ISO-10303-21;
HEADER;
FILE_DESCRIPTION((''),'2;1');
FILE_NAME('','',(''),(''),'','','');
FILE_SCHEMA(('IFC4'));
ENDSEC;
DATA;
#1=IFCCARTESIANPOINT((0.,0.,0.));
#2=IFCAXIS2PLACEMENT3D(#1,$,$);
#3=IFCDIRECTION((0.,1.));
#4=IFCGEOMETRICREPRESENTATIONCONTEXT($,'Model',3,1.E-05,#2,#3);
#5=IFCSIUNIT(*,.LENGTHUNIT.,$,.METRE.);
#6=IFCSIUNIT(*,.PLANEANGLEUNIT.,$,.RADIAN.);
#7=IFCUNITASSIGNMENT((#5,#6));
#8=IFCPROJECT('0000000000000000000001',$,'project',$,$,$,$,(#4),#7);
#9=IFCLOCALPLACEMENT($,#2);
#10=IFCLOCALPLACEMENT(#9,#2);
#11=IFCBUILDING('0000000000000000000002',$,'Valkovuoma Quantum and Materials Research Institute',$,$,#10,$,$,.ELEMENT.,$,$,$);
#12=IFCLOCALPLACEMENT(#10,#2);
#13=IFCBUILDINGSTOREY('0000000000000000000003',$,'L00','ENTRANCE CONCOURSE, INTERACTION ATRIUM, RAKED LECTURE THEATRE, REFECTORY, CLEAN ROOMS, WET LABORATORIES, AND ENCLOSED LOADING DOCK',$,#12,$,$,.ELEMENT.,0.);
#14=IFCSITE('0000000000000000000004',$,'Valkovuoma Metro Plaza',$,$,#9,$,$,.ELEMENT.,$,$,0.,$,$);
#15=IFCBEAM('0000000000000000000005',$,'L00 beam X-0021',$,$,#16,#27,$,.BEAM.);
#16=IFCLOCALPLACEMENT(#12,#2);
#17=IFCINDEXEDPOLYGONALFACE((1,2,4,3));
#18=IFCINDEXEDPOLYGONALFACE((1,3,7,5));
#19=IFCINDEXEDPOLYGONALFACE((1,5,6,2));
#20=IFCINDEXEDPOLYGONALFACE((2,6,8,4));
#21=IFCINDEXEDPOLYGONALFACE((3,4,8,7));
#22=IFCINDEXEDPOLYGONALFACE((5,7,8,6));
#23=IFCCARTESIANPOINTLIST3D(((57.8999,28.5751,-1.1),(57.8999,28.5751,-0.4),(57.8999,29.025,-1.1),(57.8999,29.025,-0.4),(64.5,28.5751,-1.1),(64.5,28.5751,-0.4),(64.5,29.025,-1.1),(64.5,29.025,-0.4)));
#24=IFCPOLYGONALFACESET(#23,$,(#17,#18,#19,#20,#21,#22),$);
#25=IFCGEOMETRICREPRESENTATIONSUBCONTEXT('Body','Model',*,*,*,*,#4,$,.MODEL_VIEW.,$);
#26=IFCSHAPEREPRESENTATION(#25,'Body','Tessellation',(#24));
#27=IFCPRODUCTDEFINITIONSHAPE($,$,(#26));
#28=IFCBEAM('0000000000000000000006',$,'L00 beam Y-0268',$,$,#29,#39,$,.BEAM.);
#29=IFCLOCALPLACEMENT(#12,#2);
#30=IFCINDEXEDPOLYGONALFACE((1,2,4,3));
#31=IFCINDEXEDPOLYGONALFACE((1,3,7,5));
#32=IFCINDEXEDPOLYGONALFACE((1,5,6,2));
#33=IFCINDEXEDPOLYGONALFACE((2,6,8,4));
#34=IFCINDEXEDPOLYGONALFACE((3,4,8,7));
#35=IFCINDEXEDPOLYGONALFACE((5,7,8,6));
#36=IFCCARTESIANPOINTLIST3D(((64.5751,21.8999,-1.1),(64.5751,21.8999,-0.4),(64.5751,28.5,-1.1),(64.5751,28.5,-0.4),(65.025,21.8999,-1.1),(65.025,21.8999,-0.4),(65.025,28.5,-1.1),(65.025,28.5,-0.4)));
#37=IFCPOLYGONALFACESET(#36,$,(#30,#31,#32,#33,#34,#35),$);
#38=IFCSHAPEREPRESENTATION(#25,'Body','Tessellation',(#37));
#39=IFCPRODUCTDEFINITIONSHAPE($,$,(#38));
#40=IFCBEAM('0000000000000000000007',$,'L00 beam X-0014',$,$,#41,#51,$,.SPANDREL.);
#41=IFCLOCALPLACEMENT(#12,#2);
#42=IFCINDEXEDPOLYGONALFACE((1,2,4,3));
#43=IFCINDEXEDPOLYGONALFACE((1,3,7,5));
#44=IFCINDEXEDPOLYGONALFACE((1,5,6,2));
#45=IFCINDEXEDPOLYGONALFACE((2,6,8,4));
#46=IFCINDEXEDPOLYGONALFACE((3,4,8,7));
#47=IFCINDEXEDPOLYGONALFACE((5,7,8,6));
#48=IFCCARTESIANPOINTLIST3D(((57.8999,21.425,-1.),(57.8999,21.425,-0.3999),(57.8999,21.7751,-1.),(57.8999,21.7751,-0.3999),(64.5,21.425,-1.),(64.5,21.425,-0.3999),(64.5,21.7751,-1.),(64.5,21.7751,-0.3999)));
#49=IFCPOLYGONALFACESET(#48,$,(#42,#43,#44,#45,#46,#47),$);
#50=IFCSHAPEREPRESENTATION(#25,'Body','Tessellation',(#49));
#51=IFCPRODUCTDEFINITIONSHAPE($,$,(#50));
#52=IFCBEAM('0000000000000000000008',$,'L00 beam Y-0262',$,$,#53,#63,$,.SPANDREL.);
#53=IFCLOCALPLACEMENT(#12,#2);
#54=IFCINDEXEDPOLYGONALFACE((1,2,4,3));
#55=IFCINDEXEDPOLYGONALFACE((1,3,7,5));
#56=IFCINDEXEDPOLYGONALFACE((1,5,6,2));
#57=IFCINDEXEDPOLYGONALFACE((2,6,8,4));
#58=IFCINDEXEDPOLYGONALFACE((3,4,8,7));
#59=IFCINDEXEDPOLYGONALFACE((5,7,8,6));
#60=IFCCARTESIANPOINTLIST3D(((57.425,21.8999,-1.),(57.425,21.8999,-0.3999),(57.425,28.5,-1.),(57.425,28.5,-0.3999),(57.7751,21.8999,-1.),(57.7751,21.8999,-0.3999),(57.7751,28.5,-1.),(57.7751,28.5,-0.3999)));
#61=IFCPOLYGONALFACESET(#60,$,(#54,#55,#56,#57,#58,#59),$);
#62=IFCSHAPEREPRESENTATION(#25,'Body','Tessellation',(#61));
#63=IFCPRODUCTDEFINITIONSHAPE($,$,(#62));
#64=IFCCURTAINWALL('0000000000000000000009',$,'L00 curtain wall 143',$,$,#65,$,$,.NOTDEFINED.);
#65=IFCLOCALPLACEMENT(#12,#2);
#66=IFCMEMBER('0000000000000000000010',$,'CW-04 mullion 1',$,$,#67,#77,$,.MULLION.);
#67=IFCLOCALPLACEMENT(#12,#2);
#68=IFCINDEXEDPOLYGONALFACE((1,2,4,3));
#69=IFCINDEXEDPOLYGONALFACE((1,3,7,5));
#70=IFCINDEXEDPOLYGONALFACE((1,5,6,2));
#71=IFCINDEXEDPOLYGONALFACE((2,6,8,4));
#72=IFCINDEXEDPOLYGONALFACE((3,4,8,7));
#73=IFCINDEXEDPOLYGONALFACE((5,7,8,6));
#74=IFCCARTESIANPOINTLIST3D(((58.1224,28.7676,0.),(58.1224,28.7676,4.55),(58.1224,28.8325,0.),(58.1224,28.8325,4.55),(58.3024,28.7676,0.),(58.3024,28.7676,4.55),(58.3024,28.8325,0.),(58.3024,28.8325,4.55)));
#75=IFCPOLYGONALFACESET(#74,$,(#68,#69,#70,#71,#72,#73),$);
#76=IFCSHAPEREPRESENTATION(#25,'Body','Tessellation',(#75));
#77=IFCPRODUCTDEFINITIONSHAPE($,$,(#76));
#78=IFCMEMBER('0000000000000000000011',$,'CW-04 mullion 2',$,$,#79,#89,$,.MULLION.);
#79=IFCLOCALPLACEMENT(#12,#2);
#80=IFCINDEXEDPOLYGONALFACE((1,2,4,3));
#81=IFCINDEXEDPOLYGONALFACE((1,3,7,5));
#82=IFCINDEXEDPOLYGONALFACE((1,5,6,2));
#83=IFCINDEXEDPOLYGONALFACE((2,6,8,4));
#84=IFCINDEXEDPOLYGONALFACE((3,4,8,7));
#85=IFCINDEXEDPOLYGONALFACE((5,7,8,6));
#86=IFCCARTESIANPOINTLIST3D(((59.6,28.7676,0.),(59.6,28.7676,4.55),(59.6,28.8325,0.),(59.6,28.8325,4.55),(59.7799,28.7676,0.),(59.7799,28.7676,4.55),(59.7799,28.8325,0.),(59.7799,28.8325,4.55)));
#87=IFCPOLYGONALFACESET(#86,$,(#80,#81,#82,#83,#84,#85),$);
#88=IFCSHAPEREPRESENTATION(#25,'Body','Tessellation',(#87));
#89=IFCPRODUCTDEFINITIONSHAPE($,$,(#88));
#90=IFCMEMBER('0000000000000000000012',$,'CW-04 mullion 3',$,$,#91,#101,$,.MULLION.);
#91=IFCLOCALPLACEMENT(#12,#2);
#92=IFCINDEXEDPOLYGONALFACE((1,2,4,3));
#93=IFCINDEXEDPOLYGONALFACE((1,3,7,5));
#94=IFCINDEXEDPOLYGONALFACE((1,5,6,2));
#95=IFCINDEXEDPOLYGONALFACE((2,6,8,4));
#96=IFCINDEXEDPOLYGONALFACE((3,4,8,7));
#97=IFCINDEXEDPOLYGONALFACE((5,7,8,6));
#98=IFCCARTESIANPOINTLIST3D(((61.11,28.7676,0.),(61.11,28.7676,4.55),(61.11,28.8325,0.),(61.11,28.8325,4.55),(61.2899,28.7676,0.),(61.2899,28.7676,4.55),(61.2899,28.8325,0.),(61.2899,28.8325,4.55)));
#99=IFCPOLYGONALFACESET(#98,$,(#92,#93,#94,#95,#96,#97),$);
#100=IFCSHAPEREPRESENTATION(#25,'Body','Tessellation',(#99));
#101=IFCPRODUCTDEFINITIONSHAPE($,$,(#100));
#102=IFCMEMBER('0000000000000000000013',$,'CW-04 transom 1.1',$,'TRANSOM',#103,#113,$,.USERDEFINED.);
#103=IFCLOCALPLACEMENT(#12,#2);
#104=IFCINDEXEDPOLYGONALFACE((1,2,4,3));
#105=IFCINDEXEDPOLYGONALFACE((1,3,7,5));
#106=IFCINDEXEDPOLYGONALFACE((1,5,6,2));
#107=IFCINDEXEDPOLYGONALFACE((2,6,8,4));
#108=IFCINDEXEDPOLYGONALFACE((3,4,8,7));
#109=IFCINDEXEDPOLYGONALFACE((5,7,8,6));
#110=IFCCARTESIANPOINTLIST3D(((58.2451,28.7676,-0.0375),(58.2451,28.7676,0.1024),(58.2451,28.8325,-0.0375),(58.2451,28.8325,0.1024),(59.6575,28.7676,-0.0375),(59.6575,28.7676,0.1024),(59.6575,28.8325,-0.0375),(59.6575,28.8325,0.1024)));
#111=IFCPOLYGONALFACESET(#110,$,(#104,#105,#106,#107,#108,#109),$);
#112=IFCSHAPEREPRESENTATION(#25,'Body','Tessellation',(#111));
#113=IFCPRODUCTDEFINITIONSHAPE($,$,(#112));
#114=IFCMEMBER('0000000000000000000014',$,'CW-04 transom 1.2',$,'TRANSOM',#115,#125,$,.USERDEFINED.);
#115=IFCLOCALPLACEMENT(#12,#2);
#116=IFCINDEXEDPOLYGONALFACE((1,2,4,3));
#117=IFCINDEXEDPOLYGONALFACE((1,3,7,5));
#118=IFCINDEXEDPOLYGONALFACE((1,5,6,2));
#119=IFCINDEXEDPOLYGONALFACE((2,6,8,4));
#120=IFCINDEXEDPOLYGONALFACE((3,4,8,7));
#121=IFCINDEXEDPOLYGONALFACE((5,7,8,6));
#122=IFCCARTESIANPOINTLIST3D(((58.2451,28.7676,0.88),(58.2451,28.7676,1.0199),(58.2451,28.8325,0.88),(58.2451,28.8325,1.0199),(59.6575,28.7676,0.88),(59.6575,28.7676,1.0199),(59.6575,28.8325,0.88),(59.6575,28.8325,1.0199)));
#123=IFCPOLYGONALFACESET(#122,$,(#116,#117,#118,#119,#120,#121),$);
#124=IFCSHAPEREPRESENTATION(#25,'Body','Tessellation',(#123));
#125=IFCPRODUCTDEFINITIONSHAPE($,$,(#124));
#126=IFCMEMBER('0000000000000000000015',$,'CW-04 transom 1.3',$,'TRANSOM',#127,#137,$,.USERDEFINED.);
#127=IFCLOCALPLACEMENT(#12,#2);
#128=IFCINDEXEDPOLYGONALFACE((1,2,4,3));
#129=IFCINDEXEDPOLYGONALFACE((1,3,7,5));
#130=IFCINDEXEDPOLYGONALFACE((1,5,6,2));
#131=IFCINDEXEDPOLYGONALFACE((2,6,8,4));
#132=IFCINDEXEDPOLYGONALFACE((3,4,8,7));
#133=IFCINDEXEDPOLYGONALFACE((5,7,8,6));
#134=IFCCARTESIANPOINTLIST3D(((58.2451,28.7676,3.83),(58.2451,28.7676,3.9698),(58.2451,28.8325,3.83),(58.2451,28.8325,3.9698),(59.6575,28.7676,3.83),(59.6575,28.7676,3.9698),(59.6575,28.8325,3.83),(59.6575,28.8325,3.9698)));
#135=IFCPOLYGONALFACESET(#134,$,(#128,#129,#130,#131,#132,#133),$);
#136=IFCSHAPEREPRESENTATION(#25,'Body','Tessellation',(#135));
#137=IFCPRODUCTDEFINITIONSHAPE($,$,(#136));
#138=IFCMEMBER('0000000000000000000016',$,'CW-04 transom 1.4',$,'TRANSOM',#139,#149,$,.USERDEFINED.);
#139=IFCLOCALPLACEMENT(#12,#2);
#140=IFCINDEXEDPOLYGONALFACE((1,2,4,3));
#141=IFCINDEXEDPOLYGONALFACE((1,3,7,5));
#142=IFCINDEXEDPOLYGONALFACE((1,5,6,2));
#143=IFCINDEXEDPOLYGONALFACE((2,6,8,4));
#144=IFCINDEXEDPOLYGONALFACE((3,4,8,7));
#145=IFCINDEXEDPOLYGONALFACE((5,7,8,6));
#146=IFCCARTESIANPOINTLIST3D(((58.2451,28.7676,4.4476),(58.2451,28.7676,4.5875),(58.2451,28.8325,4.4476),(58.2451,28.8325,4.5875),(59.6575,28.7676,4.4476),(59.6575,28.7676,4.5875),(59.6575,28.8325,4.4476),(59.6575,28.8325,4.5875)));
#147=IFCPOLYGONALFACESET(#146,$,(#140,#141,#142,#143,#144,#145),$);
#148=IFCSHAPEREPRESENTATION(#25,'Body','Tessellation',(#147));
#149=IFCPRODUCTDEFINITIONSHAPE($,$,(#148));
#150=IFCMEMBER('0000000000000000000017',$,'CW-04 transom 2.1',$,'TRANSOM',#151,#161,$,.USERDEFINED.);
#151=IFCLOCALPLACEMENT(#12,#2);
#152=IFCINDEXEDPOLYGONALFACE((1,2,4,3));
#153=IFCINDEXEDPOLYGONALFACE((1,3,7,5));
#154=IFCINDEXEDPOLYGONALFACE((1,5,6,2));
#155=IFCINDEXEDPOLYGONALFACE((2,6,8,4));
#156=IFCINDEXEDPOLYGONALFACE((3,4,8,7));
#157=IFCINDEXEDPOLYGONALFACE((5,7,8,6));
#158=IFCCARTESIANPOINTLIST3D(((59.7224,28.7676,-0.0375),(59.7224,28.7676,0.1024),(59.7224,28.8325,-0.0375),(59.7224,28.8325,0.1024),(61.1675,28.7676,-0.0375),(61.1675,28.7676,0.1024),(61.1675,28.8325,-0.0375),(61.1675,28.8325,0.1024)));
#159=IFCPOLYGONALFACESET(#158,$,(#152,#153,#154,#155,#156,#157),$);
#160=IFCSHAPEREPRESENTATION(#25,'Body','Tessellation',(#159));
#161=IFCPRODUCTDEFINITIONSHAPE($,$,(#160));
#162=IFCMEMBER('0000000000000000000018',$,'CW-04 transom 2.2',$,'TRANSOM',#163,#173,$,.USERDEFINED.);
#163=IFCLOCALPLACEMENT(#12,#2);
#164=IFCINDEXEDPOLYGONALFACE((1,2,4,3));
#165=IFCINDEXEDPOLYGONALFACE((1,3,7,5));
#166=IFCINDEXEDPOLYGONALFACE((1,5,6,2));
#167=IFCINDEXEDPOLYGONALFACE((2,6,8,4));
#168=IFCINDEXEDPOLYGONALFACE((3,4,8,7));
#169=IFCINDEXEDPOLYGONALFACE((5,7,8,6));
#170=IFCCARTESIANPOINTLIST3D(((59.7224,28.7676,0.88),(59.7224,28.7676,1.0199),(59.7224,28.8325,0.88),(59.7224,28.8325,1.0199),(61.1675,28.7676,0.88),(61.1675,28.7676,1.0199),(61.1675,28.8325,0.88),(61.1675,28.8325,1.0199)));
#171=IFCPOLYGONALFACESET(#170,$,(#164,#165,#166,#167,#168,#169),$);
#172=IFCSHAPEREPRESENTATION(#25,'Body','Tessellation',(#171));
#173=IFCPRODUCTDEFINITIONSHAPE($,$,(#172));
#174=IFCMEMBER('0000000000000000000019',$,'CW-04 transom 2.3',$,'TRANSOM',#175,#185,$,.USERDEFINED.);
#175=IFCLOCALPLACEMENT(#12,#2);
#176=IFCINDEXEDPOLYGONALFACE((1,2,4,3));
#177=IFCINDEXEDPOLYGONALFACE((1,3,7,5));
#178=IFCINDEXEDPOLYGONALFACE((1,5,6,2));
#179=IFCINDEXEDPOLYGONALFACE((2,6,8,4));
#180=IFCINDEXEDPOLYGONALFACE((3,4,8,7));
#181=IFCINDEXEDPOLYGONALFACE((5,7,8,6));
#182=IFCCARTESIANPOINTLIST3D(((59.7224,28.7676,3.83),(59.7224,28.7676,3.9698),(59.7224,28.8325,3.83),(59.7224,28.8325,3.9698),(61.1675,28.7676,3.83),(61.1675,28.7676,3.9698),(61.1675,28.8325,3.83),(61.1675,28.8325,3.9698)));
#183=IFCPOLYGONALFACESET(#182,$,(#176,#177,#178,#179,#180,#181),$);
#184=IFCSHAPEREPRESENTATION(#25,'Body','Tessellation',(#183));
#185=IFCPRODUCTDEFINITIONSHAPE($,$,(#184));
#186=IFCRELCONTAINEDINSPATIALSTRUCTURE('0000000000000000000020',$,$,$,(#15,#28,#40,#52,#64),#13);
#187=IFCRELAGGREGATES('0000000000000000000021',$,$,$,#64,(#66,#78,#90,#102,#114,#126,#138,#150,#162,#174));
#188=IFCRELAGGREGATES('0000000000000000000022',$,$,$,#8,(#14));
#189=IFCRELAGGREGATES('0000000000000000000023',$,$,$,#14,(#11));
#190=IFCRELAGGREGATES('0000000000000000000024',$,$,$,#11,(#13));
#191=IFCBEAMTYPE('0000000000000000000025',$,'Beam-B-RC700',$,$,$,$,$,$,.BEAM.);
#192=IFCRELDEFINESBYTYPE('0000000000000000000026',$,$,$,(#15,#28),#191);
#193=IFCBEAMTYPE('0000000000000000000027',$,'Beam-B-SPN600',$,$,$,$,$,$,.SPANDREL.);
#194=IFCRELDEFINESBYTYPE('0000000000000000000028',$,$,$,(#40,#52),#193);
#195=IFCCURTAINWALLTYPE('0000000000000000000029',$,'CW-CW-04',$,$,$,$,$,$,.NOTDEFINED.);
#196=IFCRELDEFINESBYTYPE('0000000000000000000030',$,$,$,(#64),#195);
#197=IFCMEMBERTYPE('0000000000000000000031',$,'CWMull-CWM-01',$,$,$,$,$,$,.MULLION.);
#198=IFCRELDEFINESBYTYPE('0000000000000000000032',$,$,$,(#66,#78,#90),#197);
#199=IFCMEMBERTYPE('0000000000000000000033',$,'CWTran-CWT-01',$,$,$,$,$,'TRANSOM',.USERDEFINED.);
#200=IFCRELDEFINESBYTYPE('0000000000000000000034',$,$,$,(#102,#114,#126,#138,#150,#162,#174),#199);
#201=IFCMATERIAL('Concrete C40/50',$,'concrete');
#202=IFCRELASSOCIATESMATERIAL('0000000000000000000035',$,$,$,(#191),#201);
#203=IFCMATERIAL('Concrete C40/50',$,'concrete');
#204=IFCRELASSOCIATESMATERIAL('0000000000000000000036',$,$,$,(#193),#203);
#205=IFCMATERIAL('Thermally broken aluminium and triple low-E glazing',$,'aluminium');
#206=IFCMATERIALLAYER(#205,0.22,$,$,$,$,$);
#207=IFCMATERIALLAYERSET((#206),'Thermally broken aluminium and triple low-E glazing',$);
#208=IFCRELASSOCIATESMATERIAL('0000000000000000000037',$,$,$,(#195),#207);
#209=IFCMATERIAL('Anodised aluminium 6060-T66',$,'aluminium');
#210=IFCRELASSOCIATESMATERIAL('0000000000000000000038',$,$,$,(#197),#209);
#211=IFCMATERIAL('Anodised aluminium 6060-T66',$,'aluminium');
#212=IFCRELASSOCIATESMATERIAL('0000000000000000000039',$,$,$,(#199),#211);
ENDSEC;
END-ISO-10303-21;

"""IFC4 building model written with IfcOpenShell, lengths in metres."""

from ifc_helpers import new_model, si_unit, direction, frame, origin, origin_2d, place, context, subcontext, project, spatial, rectangle, extrude, material, layer, layer_set, material_profile, profile_set, type_object, element, aggregate, save


model = new_model("IFC4")

# Units and contexts
model_context = context("Model", 3, precision=1e-05, world=origin(), true_north=direction((0.0, 1.0)))
body_context = subcontext(model_context, "Body", "Model", "MODEL_VIEW")
ifc_project = project(units=[si_unit("LENGTHUNIT", "METRE"), si_unit("PLANEANGLEUNIT", "RADIAN")], contexts=[model_context])

# Site, building, storey
site_placement = place(None, origin())
site = spatial("IfcSite", under=ifc_project, at=site_placement, Name="Valkovuoma Metro Plaza", CompositionType="ELEMENT", RefElevation=0.0)
building_placement = place(site_placement, origin())
building = spatial("IfcBuilding", under=site, at=building_placement, Name="Valkovuoma Quantum and Materials Research Institute", CompositionType="ELEMENT")
storey_placement = place(building_placement, origin())
storey = spatial("IfcBuildingStorey", under=building, at=storey_placement, Name="L00", Description="ENTRANCE CONCOURSE, INTERACTION ATRIUM, RAKED LECTURE THEATRE, REFECTORY, CLEAN ROOMS, WET LABORATORIES, AND ENCLOSED LOADING DOCK", CompositionType="ELEMENT", Elevation=0.0)

# Beams
ifc_material_1 = material(Name="Concrete C40/50", Category="concrete")
ifc_material_profile_1 = material_profile(ifc_material_1, rectangle(XDim=0.45, YDim=0.7, at=origin_2d()), Name="Concrete C40/50")
ifc_profile_set_1 = profile_set([ifc_material_profile_1], Name="Concrete C40/50")
beam_type_1 = type_object("IfcBeamType", Name="Beam-B-RC700", PredefinedType="BEAM", material=ifc_profile_set_1)
for number, where, z_axis, x_axis, name in (
    (1, (57.8999, 28.8, -0.75), (1.0, 0.0, 0.0), (0.0, 1.0, 0.0), "L00 beam X-0021"),
    (2, (64.8, 21.8999, -0.75), (0.0, 1.0, 0.0), (-1.0, 0.0, 0.0), "L00 beam Y-0268"),
):
    element("IfcBeam", number, at=place(storey_placement, frame(where, z_axis=z_axis, x_axis=x_axis)), inside=storey, type_object=beam_type_1, Name=name, PredefinedType="BEAM", context=body_context, shape_type="SweptSolid", body=[
        extrude(rectangle(XDim=0.45, YDim=0.7, at=origin_2d()), origin(), (0.0, 0.0, 1.0), 6.6001),
    ])
ifc_material_2 = material(Name="Concrete C40/50", Category="concrete")
ifc_material_profile_2 = material_profile(ifc_material_2, rectangle(XDim=0.3501, YDim=0.6001, at=origin_2d()), Name="Concrete C40/50")
ifc_profile_set_2 = profile_set([ifc_material_profile_2], Name="Concrete C40/50")
beam_type_2 = type_object("IfcBeamType", Name="Beam-B-SPN600", PredefinedType="SPANDREL", material=ifc_profile_set_2)
for number, where, z_axis, x_axis, name in (
    (3, (57.8999, 21.6001, -0.7), (1.0, 0.0, 0.0), (0.0, 1.0, 0.0), "L00 beam X-0014"),
    (4, (57.6001, 21.8999, -0.7), (0.0, 1.0, 0.0), (-1.0, 0.0, 0.0), "L00 beam Y-0262"),
):
    element("IfcBeam", number, at=place(storey_placement, frame(where, z_axis=z_axis, x_axis=x_axis)), inside=storey, type_object=beam_type_2, Name=name, PredefinedType="SPANDREL", context=body_context, shape_type="SweptSolid", body=[
        extrude(rectangle(XDim=0.3501, YDim=0.6001, at=origin_2d()), origin(), (0.0, 0.0, 1.0), 6.6001),
    ])

# Curtain wall, members
ifc_material_3 = material(Name="Thermally broken aluminium and triple low-E glazing", Category="aluminium")
ifc_layer_1 = layer(ifc_material_3, 0.22)
ifc_layer_set_1 = layer_set([ifc_layer_1], Name="Thermally broken aluminium and triple low-E glazing")
curtain_wall_type = type_object("IfcCurtainWallType", Name="CW-CW-04", PredefinedType="NOTDEFINED", material=ifc_layer_set_1)
curtain_wall_placement = place(storey_placement, origin())
curtain_wall = element("IfcCurtainWall", 5, at=curtain_wall_placement, inside=storey, type_object=curtain_wall_type, Name="L00 curtain wall 143", PredefinedType="NOTDEFINED")
ifc_material_4 = material(Name="Anodised aluminium 6060-T66", Category="aluminium")
ifc_material_profile_3 = material_profile(ifc_material_4, rectangle(XDim=0.0649, YDim=0.1799, at=origin_2d()), Name="Anodised aluminium 6060-T66")
ifc_profile_set_3 = profile_set([ifc_material_profile_3], Name="Anodised aluminium 6060-T66")
member_type_1 = type_object("IfcMemberType", Name="CWMull-CWM-01", PredefinedType="MULLION", material=ifc_profile_set_3)
member_1_placement = place(storey_placement, frame((58.2124, 28.8, 0.0), z_axis=(0.0, 0.0, 1.0), x_axis=(0.0, 1.0, 0.0)))
member_1 = element("IfcMember", 6, at=member_1_placement, type_object=member_type_1, Name="CW-04 mullion 1", PredefinedType="MULLION", context=body_context, shape_type="SweptSolid", body=[
    extrude(rectangle(XDim=0.0649, YDim=0.1799, at=origin_2d()), origin(), (0.0, 0.0, 1.0), 4.55),
])
member_2_placement = place(storey_placement, frame((59.6899, 28.8, 0.0), z_axis=(0.0, 0.0, 1.0), x_axis=(0.0, 1.0, 0.0)))
member_2 = element("IfcMember", 7, at=member_2_placement, type_object=member_type_1, Name="CW-04 mullion 2", PredefinedType="MULLION", context=body_context, shape_type="SweptSolid", body=[
    extrude(rectangle(XDim=0.0649, YDim=0.1799, at=origin_2d()), origin(), (0.0, 0.0, 1.0), 4.55),
])
member_3_placement = place(storey_placement, frame((61.2, 28.8, 0.0), z_axis=(0.0, 0.0, 1.0), x_axis=(0.0, 1.0, 0.0)))
member_3 = element("IfcMember", 8, at=member_3_placement, type_object=member_type_1, Name="CW-04 mullion 3", PredefinedType="MULLION", context=body_context, shape_type="SweptSolid", body=[
    extrude(rectangle(XDim=0.0649, YDim=0.1799, at=origin_2d()), origin(), (0.0, 0.0, 1.0), 4.55),
])
ifc_material_5 = material(Name="Anodised aluminium 6060-T66", Category="aluminium")
ifc_material_profile_4 = material_profile(ifc_material_5, rectangle(XDim=0.0649, YDim=0.1399, at=origin_2d()), Name="Anodised aluminium 6060-T66")
ifc_profile_set_4 = profile_set([ifc_material_profile_4], Name="Anodised aluminium 6060-T66")
member_type_2 = type_object("IfcMemberType", Name="CWTran-CWT-01", ElementType="TRANSOM", PredefinedType="USERDEFINED", material=ifc_profile_set_4)
member_4_placement = place(storey_placement, frame((58.2451, 28.8, 0.0325), z_axis=(1.0, 0.0, 0.0), x_axis=(0.0, 1.0, 0.0)))
member_4 = element("IfcMember", 9, at=member_4_placement, type_object=member_type_2, Name="CW-04 transom 1.1", ObjectType="TRANSOM", PredefinedType="USERDEFINED", context=body_context, shape_type="SweptSolid", body=[
    extrude(rectangle(XDim=0.0649, YDim=0.1399, at=origin_2d()), origin(), (0.0, 0.0, 1.0), 1.4124),
])
member_5_placement = place(storey_placement, frame((58.2451, 28.8, 0.95), z_axis=(1.0, 0.0, 0.0), x_axis=(0.0, 1.0, 0.0)))
member_5 = element("IfcMember", 10, at=member_5_placement, type_object=member_type_2, Name="CW-04 transom 1.2", ObjectType="TRANSOM", PredefinedType="USERDEFINED", context=body_context, shape_type="SweptSolid", body=[
    extrude(rectangle(XDim=0.0649, YDim=0.1399, at=origin_2d()), origin(), (0.0, 0.0, 1.0), 1.4124),
])
member_6_placement = place(storey_placement, frame((58.2451, 28.8, 3.8999), z_axis=(1.0, 0.0, 0.0), x_axis=(0.0, 1.0, 0.0)))
member_6 = element("IfcMember", 11, at=member_6_placement, type_object=member_type_2, Name="CW-04 transom 1.3", ObjectType="TRANSOM", PredefinedType="USERDEFINED", context=body_context, shape_type="SweptSolid", body=[
    extrude(rectangle(XDim=0.0649, YDim=0.1399, at=origin_2d()), origin(), (0.0, 0.0, 1.0), 1.4124),
])
member_7_placement = place(storey_placement, frame((58.2451, 28.8, 4.5176), z_axis=(1.0, 0.0, 0.0), x_axis=(0.0, 1.0, 0.0)))
member_7 = element("IfcMember", 12, at=member_7_placement, type_object=member_type_2, Name="CW-04 transom 1.4", ObjectType="TRANSOM", PredefinedType="USERDEFINED", context=body_context, shape_type="SweptSolid", body=[
    extrude(rectangle(XDim=0.0649, YDim=0.1399, at=origin_2d()), origin(), (0.0, 0.0, 1.0), 1.4124),
])
member_8_placement = place(storey_placement, frame((59.7224, 28.8, 0.0325), z_axis=(1.0, 0.0, 0.0), x_axis=(0.0, 1.0, 0.0)))
member_8 = element("IfcMember", 13, at=member_8_placement, type_object=member_type_2, Name="CW-04 transom 2.1", ObjectType="TRANSOM", PredefinedType="USERDEFINED", context=body_context, shape_type="SweptSolid", body=[
    extrude(rectangle(XDim=0.0649, YDim=0.1399, at=origin_2d()), origin(), (0.0, 0.0, 1.0), 1.4451),
])
member_9_placement = place(storey_placement, frame((59.7224, 28.8, 0.95), z_axis=(1.0, 0.0, 0.0), x_axis=(0.0, 1.0, 0.0)))
member_9 = element("IfcMember", 14, at=member_9_placement, type_object=member_type_2, Name="CW-04 transom 2.2", ObjectType="TRANSOM", PredefinedType="USERDEFINED", context=body_context, shape_type="SweptSolid", body=[
    extrude(rectangle(XDim=0.0649, YDim=0.1399, at=origin_2d()), origin(), (0.0, 0.0, 1.0), 1.4451),
])
member_10_placement = place(storey_placement, frame((59.7224, 28.8, 3.8999), z_axis=(1.0, 0.0, 0.0), x_axis=(0.0, 1.0, 0.0)))
member_10 = element("IfcMember", 15, at=member_10_placement, type_object=member_type_2, Name="CW-04 transom 2.3", ObjectType="TRANSOM", PredefinedType="USERDEFINED", context=body_context, shape_type="SweptSolid", body=[
    extrude(rectangle(XDim=0.0649, YDim=0.1399, at=origin_2d()), origin(), (0.0, 0.0, 1.0), 1.4451),
])
aggregate(curtain_wall, [member_1, member_2, member_3, member_4, member_5, member_6, member_7, member_8, member_9, member_10])

save(model, "model.ifc")
